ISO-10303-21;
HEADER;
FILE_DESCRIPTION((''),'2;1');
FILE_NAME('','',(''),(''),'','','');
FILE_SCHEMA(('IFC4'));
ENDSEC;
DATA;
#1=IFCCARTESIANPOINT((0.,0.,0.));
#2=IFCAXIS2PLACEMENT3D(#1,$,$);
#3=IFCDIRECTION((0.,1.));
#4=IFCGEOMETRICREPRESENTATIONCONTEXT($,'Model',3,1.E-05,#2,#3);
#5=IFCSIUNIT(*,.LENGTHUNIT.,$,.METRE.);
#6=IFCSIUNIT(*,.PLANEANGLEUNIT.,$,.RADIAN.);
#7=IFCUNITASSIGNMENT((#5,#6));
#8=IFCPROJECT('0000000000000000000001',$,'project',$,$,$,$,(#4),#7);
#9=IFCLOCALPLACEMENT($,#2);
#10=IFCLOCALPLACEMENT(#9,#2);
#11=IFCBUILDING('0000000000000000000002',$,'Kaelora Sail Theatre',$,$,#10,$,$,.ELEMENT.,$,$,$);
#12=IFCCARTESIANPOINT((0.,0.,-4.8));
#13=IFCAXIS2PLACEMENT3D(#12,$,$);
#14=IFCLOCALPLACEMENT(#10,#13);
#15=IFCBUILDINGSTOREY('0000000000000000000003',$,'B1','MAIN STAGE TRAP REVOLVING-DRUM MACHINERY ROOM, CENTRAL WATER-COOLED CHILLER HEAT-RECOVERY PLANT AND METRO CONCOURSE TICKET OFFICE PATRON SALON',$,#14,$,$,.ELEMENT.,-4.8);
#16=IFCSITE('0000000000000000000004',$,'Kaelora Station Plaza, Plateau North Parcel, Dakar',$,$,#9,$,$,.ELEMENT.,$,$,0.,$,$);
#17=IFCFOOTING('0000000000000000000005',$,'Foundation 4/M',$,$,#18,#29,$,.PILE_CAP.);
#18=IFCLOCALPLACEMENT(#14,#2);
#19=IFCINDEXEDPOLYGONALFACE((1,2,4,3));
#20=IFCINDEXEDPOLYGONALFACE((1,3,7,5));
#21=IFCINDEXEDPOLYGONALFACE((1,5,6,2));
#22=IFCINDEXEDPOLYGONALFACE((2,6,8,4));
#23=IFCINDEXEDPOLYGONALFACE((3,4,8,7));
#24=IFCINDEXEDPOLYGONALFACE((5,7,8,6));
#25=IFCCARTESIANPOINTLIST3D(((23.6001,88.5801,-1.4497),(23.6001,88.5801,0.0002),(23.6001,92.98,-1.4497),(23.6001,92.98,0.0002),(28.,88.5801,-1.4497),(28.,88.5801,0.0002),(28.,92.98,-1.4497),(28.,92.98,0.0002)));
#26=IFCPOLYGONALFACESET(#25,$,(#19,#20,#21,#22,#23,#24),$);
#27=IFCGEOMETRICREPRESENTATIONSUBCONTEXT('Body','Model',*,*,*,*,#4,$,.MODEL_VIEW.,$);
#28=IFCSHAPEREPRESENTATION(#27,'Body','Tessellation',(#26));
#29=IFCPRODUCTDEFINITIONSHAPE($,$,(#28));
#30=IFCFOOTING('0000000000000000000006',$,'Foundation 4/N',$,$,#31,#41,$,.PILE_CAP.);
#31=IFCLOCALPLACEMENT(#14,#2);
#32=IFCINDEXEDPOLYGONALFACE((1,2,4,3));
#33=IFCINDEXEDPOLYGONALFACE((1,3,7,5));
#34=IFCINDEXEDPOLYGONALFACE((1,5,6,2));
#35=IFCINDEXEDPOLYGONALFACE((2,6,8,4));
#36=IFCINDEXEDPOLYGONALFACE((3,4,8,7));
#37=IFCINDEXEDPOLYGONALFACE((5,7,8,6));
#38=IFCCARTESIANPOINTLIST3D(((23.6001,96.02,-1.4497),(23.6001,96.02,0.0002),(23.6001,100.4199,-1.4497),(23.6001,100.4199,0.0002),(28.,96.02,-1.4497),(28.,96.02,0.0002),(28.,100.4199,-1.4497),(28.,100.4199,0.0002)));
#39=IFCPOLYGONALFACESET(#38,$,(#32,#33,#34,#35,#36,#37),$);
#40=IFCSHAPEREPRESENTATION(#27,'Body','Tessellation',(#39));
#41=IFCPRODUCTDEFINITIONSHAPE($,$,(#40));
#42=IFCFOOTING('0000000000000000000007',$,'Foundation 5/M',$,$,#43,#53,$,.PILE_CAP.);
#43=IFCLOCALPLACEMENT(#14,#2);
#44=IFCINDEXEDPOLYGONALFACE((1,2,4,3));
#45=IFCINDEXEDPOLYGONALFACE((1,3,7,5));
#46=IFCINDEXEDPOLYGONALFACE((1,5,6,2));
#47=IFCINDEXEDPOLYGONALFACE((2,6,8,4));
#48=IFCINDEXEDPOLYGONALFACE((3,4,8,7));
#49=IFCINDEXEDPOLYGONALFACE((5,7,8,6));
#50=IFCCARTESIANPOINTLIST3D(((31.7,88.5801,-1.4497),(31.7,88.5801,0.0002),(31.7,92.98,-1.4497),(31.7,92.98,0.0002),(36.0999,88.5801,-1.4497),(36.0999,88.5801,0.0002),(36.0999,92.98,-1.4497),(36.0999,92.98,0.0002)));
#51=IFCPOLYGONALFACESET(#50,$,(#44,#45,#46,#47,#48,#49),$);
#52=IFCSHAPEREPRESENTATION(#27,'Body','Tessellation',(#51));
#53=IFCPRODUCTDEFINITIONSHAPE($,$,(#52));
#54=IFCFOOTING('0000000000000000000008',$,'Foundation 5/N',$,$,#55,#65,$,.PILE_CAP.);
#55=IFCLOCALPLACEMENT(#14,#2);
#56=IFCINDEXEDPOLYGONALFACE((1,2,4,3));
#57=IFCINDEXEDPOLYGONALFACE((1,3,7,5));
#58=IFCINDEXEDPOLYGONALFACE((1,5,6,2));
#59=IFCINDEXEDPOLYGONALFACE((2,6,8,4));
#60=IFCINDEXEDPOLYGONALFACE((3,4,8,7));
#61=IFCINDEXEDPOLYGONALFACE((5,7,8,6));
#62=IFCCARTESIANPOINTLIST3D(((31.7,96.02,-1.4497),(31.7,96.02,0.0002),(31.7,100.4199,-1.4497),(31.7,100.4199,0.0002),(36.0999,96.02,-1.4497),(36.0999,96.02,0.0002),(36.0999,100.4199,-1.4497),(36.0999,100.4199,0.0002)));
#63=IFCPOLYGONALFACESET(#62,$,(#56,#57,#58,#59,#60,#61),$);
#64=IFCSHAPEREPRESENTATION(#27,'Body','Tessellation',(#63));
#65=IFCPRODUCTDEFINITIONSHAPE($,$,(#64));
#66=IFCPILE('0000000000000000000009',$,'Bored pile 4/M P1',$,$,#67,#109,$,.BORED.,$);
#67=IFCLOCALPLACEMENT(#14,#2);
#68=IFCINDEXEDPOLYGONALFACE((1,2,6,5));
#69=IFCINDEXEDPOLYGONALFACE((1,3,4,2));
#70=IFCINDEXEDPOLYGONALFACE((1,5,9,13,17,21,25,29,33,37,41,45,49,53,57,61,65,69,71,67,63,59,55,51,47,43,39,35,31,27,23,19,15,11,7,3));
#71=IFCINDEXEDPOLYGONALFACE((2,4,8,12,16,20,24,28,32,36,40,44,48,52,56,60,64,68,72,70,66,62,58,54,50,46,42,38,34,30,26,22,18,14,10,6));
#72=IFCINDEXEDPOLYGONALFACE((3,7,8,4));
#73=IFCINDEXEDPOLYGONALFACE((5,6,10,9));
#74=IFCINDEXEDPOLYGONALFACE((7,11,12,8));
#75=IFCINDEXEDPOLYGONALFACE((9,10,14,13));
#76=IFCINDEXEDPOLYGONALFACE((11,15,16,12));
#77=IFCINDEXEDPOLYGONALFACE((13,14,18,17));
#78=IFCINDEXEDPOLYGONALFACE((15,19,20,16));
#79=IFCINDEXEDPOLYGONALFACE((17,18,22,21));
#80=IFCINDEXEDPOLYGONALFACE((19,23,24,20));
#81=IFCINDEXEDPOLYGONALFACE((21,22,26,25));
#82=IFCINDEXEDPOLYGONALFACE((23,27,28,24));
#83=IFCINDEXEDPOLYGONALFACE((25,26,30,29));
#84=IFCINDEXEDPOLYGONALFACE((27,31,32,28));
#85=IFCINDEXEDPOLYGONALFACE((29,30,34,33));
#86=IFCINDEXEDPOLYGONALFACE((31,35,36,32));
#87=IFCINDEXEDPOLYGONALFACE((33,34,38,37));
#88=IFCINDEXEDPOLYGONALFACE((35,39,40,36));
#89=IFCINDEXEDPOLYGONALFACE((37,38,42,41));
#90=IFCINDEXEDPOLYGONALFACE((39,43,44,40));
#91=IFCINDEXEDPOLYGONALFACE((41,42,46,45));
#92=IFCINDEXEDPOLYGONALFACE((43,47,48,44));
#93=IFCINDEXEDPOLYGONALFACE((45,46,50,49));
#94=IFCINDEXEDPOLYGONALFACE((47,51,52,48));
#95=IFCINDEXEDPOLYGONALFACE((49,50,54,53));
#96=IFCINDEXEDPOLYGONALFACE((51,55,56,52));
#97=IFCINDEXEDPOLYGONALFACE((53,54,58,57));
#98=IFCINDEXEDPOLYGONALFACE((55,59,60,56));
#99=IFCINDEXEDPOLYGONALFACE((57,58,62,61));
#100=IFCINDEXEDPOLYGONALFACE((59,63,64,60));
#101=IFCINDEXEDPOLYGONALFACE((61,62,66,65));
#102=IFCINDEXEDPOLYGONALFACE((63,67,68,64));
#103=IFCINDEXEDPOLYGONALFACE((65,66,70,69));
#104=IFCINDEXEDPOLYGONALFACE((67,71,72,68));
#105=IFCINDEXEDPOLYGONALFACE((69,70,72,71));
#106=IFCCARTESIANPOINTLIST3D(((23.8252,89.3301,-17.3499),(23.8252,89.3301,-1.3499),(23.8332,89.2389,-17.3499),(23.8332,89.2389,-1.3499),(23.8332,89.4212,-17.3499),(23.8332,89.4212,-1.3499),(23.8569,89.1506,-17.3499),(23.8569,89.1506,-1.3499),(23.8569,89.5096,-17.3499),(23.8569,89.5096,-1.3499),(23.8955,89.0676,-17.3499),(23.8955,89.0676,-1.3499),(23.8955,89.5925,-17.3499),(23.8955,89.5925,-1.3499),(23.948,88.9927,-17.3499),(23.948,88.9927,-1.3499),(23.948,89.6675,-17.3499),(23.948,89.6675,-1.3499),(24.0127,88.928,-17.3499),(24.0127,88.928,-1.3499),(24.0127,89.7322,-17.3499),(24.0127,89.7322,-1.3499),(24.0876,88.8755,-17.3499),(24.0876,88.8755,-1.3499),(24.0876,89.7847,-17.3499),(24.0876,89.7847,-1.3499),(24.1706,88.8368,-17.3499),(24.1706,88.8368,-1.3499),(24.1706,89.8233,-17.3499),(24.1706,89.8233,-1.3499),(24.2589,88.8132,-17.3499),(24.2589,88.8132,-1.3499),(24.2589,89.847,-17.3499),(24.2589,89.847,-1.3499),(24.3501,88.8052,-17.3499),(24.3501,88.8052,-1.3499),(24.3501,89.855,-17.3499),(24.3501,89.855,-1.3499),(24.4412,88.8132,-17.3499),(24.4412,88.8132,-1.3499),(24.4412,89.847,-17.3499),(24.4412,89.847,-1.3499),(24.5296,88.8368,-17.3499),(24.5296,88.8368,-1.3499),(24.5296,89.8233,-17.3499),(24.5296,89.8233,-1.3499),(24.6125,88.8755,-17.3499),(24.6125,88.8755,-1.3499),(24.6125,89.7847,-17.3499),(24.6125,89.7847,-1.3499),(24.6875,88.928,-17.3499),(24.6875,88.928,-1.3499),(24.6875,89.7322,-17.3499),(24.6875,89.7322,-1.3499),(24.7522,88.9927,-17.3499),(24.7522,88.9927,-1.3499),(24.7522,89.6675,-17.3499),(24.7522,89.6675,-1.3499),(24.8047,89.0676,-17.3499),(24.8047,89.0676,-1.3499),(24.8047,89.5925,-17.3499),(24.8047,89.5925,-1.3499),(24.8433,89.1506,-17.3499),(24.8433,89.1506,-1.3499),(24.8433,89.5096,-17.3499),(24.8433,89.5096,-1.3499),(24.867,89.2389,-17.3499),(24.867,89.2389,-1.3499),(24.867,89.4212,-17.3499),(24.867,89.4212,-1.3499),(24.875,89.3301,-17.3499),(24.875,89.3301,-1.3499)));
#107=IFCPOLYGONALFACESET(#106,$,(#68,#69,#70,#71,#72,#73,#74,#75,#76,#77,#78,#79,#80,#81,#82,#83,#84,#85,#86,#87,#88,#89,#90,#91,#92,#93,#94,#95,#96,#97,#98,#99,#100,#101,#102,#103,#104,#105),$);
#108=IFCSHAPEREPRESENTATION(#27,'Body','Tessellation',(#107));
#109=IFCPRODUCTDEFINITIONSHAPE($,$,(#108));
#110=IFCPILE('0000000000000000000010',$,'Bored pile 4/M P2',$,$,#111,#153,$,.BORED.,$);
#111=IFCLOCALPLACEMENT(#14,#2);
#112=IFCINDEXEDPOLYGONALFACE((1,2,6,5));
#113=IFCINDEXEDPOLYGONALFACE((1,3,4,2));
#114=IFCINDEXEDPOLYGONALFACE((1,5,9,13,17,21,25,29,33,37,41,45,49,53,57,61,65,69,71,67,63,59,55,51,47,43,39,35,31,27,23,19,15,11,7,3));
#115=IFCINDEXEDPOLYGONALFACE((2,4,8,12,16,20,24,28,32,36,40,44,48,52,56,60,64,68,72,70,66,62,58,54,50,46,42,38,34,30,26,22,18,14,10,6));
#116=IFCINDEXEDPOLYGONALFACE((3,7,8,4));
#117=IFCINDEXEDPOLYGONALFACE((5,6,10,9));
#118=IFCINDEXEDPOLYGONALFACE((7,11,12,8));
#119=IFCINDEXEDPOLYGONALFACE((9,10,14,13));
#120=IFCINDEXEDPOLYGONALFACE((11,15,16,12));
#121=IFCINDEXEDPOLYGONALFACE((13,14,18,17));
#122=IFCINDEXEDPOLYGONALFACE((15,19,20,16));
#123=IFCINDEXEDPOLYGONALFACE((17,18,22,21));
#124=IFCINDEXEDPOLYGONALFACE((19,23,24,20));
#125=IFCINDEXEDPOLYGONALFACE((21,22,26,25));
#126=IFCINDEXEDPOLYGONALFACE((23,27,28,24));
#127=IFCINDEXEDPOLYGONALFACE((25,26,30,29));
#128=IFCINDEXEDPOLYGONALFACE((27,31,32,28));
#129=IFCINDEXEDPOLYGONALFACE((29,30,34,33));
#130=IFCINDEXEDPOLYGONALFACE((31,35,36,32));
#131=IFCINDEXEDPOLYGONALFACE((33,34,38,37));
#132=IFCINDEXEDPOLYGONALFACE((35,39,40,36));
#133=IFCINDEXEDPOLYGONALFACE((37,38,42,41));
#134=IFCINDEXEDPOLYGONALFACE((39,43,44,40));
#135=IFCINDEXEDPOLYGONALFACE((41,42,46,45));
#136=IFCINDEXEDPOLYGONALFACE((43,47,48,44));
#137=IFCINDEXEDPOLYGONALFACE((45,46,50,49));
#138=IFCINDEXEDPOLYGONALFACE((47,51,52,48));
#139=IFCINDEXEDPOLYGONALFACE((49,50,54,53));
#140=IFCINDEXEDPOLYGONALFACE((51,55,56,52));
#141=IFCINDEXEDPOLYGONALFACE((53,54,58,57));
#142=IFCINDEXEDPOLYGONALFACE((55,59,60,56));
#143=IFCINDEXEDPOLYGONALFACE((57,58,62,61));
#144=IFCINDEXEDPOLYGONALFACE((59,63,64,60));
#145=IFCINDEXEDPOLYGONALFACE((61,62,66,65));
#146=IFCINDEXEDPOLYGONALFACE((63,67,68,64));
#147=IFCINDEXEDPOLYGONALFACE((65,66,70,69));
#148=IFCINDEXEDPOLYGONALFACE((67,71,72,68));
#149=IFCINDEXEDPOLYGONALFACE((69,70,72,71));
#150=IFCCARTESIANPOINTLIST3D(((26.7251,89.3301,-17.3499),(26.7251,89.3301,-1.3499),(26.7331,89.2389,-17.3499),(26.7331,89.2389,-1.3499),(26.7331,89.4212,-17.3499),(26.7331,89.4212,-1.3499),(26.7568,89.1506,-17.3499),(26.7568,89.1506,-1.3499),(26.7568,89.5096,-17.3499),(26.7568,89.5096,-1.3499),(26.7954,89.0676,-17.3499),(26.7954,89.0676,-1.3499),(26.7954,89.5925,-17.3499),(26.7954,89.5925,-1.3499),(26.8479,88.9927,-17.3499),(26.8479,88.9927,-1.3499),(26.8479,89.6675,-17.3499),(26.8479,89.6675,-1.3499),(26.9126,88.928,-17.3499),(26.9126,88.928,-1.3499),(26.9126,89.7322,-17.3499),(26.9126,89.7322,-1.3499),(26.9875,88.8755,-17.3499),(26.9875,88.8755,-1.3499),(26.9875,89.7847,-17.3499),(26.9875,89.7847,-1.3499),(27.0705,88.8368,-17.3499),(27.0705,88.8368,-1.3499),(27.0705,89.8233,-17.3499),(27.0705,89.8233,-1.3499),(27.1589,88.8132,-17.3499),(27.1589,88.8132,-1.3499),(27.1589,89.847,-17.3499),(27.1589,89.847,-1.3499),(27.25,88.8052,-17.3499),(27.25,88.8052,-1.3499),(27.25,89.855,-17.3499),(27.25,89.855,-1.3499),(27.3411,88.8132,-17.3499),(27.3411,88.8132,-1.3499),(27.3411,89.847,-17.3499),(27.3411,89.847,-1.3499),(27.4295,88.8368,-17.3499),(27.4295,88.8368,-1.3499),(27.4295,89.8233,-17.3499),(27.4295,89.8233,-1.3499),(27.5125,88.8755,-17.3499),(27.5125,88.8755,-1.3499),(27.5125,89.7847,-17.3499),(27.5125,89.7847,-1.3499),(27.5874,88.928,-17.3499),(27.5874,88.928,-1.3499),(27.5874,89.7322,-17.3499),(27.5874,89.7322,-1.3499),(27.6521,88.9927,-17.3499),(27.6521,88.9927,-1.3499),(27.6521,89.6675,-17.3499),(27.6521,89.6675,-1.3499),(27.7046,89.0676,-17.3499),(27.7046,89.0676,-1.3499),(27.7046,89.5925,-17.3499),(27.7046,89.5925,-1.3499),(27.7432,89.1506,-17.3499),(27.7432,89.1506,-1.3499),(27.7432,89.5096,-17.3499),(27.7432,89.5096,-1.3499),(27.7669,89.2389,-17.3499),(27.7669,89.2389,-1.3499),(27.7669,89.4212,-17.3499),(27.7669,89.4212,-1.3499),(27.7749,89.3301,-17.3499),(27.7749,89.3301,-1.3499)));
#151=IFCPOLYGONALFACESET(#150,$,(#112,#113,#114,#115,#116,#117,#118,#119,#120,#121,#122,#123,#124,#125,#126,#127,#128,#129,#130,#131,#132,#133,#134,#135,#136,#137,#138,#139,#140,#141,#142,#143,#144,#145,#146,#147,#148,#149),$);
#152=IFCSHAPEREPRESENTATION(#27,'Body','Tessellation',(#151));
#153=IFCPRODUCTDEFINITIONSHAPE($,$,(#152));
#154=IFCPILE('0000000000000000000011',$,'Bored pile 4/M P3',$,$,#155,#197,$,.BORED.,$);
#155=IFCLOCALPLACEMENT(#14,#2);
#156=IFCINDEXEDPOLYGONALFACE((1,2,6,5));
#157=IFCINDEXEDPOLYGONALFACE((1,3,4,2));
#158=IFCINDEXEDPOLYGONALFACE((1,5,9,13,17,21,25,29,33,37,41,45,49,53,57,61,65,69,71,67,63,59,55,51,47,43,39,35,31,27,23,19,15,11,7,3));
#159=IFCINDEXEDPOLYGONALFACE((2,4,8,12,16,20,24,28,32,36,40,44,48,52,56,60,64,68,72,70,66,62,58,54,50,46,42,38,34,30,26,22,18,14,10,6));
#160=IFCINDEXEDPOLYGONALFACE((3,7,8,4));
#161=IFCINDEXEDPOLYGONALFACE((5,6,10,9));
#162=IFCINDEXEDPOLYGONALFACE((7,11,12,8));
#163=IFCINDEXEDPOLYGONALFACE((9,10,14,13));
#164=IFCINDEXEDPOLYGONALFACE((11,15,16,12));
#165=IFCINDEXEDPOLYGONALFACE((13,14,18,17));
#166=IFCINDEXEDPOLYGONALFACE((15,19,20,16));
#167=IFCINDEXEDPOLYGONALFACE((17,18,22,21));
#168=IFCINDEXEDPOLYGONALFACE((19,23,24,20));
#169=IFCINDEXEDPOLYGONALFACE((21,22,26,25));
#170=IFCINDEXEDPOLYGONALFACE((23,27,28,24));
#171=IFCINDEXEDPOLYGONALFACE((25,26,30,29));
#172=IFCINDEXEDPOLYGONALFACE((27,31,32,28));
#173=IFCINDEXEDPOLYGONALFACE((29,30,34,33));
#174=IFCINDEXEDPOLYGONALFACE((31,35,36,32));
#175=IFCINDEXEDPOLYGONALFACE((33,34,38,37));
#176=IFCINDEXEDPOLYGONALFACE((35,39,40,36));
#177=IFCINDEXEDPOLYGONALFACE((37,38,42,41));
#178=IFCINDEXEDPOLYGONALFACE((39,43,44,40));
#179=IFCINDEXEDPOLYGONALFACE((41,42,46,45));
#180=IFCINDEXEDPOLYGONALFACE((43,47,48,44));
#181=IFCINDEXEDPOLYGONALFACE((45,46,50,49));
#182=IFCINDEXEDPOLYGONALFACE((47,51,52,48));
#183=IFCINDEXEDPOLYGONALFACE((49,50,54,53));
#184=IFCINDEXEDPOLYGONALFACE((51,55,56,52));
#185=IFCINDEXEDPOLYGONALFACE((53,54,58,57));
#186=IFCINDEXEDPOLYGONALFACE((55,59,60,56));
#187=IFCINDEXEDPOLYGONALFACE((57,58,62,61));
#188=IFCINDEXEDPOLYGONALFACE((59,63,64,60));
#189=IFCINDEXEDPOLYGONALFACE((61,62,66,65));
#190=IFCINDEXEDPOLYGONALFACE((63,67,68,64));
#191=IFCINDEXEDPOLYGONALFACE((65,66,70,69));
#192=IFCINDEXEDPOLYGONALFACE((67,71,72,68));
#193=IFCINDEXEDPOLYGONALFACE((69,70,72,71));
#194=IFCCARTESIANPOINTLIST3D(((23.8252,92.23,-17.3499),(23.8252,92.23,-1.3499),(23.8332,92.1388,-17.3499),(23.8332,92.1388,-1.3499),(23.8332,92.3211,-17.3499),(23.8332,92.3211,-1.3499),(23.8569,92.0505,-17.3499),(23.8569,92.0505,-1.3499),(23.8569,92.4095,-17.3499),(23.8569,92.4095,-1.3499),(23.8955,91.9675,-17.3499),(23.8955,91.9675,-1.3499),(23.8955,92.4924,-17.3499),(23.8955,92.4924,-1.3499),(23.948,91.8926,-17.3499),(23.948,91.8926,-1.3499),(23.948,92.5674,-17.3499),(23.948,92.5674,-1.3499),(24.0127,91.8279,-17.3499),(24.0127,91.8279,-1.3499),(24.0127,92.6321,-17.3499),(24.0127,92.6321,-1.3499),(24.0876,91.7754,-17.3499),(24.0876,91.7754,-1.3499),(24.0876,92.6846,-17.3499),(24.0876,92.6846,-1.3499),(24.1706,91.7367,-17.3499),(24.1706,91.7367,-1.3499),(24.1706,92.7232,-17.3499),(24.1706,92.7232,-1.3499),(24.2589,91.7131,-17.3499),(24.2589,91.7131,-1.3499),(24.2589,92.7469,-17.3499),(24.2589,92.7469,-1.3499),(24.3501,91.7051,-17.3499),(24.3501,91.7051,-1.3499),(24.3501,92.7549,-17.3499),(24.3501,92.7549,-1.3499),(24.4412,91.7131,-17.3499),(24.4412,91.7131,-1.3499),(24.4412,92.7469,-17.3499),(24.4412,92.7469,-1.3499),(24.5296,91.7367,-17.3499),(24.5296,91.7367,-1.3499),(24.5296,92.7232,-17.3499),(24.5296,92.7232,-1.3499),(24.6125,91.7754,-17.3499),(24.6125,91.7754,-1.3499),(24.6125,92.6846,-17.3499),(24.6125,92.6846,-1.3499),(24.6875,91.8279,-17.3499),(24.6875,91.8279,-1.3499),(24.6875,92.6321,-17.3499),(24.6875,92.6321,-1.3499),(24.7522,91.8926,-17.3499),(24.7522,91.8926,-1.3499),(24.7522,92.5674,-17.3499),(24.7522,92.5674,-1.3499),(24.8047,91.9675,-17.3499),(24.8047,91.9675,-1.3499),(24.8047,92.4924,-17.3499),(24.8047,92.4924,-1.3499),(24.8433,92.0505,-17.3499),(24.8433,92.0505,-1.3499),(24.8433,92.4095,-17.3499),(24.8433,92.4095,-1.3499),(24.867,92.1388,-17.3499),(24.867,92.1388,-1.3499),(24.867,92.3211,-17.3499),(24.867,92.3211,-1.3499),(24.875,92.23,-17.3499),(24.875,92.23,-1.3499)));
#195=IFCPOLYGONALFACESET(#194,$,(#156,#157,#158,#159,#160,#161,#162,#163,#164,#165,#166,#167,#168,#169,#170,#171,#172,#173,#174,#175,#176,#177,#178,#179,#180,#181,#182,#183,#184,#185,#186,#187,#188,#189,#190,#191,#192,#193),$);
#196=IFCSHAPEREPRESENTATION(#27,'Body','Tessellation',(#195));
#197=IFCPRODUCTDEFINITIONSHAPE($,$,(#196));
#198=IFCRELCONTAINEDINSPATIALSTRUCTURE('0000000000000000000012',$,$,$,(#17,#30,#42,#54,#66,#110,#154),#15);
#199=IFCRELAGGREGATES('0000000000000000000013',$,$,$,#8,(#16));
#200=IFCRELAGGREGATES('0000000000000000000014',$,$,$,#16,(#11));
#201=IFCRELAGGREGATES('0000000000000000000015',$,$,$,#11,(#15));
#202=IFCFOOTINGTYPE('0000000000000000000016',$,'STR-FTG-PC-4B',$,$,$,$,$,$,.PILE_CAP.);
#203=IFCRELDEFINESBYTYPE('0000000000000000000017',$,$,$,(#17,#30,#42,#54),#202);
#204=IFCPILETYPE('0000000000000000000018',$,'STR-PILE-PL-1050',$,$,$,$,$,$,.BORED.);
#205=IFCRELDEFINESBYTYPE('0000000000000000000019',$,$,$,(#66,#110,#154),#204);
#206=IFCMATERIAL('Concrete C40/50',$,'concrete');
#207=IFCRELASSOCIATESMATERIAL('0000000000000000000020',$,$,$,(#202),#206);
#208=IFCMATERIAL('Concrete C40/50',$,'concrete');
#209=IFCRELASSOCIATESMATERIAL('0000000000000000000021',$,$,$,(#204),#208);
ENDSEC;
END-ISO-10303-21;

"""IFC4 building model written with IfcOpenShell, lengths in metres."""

from ifc_helpers import new_model, si_unit, direction, frame, origin, origin_2d, place, context, subcontext, project, spatial, rectangle, circle, extrude, material, material_profile, profile_set, type_object, element, save


model = new_model("IFC4")

# Units and contexts
model_context = context("Model", 3, precision=1e-05, world=origin(), true_north=direction((0.0, 1.0)))
body_context = subcontext(model_context, "Body", "Model", "MODEL_VIEW")
ifc_project = project(units=[si_unit("LENGTHUNIT", "METRE"), si_unit("PLANEANGLEUNIT", "RADIAN")], contexts=[model_context])

# Site, building, storey
site_placement = place(None, origin())
site = spatial("IfcSite", under=ifc_project, at=site_placement, Name="Kaelora Station Plaza, Plateau North Parcel, Dakar", CompositionType="ELEMENT", RefElevation=0.0)
building_placement = place(site_placement, origin())
building = spatial("IfcBuilding", under=site, at=building_placement, Name="Kaelora Sail Theatre", CompositionType="ELEMENT")
storey_placement = place(building_placement, frame((0.0, 0.0, -4.8)))
storey = spatial("IfcBuildingStorey", under=building, at=storey_placement, Name="B1", Description="MAIN STAGE TRAP REVOLVING-DRUM MACHINERY ROOM, CENTRAL WATER-COOLED CHILLER HEAT-RECOVERY PLANT AND METRO CONCOURSE TICKET OFFICE PATRON SALON", CompositionType="ELEMENT", Elevation=-4.8)

# Footings
ifc_material_1 = material(Name="Concrete C40/50", Category="concrete")
footing_type = type_object("IfcFootingType", Name="STR-FTG-PC-4B", PredefinedType="PILE_CAP", material=ifc_material_1)
for number, where, z_axis, x_axis, name in (
    (1, (25.8, 90.78, -1.4497), (0.0, 0.0, 1.0), (1.0, 0.0, 0.0), "Foundation 4/M"),
    (2, (25.8, 98.22, -1.4497), (0.0, 0.0, 1.0), (1.0, 0.0, 0.0), "Foundation 4/N"),
    (3, (33.8999, 90.78, -1.4497), (0.0, 0.0, 1.0), (1.0, 0.0, 0.0), "Foundation 5/M"),
    (4, (33.8999, 98.22, -1.4497), (0.0, 0.0, 1.0), (1.0, 0.0, 0.0), "Foundation 5/N"),
):
    element("IfcFooting", number, at=place(storey_placement, frame(where, z_axis=z_axis, x_axis=x_axis)), inside=storey, type_object=footing_type, Name=name, PredefinedType="PILE_CAP", context=body_context, shape_type="SweptSolid", body=[
        extrude(rectangle(XDim=4.3999, YDim=4.3999, at=origin_2d()), origin(), (0.0, 0.0, 1.0), 1.45),
    ])

# Piles
ifc_material_2 = material(Name="Concrete C40/50", Category="concrete")
ifc_material_profile_1 = material_profile(ifc_material_2, circle(Radius=0.5249, at=origin_2d()), Name="PILE D1050")
ifc_profile_set_1 = profile_set([ifc_material_profile_1], Name="Concrete C40/50")
pile_type_1 = type_object("IfcPileType", Name="STR-PILE-PL-1050", PredefinedType="BORED", material=ifc_profile_set_1)
for number, where, z_axis, x_axis, name in (
    (5, (24.3501, 89.3301, -1.3499), (0.0, 0.0, -1.0), (1.0, 0.0, 0.0), "Bored pile 4/M P1"),
    (6, (27.25, 89.3301, -1.3499), (0.0, 0.0, -1.0), (1.0, 0.0, 0.0), "Bored pile 4/M P2"),
    (7, (24.3501, 92.23, -1.3499), (0.0, 0.0, -1.0), (1.0, 0.0, 0.0), "Bored pile 4/M P3"),
):
    element("IfcPile", number, at=place(storey_placement, frame(where, z_axis=z_axis, x_axis=x_axis)), inside=storey, type_object=pile_type_1, Name=name, PredefinedType="BORED", context=body_context, shape_type="SweptSolid", body=[
        extrude(circle(Radius=0.5249, at=origin_2d()), origin(), (0.0, 0.0, 1.0), 16.0),
    ])

save(model, "model.ifc")
